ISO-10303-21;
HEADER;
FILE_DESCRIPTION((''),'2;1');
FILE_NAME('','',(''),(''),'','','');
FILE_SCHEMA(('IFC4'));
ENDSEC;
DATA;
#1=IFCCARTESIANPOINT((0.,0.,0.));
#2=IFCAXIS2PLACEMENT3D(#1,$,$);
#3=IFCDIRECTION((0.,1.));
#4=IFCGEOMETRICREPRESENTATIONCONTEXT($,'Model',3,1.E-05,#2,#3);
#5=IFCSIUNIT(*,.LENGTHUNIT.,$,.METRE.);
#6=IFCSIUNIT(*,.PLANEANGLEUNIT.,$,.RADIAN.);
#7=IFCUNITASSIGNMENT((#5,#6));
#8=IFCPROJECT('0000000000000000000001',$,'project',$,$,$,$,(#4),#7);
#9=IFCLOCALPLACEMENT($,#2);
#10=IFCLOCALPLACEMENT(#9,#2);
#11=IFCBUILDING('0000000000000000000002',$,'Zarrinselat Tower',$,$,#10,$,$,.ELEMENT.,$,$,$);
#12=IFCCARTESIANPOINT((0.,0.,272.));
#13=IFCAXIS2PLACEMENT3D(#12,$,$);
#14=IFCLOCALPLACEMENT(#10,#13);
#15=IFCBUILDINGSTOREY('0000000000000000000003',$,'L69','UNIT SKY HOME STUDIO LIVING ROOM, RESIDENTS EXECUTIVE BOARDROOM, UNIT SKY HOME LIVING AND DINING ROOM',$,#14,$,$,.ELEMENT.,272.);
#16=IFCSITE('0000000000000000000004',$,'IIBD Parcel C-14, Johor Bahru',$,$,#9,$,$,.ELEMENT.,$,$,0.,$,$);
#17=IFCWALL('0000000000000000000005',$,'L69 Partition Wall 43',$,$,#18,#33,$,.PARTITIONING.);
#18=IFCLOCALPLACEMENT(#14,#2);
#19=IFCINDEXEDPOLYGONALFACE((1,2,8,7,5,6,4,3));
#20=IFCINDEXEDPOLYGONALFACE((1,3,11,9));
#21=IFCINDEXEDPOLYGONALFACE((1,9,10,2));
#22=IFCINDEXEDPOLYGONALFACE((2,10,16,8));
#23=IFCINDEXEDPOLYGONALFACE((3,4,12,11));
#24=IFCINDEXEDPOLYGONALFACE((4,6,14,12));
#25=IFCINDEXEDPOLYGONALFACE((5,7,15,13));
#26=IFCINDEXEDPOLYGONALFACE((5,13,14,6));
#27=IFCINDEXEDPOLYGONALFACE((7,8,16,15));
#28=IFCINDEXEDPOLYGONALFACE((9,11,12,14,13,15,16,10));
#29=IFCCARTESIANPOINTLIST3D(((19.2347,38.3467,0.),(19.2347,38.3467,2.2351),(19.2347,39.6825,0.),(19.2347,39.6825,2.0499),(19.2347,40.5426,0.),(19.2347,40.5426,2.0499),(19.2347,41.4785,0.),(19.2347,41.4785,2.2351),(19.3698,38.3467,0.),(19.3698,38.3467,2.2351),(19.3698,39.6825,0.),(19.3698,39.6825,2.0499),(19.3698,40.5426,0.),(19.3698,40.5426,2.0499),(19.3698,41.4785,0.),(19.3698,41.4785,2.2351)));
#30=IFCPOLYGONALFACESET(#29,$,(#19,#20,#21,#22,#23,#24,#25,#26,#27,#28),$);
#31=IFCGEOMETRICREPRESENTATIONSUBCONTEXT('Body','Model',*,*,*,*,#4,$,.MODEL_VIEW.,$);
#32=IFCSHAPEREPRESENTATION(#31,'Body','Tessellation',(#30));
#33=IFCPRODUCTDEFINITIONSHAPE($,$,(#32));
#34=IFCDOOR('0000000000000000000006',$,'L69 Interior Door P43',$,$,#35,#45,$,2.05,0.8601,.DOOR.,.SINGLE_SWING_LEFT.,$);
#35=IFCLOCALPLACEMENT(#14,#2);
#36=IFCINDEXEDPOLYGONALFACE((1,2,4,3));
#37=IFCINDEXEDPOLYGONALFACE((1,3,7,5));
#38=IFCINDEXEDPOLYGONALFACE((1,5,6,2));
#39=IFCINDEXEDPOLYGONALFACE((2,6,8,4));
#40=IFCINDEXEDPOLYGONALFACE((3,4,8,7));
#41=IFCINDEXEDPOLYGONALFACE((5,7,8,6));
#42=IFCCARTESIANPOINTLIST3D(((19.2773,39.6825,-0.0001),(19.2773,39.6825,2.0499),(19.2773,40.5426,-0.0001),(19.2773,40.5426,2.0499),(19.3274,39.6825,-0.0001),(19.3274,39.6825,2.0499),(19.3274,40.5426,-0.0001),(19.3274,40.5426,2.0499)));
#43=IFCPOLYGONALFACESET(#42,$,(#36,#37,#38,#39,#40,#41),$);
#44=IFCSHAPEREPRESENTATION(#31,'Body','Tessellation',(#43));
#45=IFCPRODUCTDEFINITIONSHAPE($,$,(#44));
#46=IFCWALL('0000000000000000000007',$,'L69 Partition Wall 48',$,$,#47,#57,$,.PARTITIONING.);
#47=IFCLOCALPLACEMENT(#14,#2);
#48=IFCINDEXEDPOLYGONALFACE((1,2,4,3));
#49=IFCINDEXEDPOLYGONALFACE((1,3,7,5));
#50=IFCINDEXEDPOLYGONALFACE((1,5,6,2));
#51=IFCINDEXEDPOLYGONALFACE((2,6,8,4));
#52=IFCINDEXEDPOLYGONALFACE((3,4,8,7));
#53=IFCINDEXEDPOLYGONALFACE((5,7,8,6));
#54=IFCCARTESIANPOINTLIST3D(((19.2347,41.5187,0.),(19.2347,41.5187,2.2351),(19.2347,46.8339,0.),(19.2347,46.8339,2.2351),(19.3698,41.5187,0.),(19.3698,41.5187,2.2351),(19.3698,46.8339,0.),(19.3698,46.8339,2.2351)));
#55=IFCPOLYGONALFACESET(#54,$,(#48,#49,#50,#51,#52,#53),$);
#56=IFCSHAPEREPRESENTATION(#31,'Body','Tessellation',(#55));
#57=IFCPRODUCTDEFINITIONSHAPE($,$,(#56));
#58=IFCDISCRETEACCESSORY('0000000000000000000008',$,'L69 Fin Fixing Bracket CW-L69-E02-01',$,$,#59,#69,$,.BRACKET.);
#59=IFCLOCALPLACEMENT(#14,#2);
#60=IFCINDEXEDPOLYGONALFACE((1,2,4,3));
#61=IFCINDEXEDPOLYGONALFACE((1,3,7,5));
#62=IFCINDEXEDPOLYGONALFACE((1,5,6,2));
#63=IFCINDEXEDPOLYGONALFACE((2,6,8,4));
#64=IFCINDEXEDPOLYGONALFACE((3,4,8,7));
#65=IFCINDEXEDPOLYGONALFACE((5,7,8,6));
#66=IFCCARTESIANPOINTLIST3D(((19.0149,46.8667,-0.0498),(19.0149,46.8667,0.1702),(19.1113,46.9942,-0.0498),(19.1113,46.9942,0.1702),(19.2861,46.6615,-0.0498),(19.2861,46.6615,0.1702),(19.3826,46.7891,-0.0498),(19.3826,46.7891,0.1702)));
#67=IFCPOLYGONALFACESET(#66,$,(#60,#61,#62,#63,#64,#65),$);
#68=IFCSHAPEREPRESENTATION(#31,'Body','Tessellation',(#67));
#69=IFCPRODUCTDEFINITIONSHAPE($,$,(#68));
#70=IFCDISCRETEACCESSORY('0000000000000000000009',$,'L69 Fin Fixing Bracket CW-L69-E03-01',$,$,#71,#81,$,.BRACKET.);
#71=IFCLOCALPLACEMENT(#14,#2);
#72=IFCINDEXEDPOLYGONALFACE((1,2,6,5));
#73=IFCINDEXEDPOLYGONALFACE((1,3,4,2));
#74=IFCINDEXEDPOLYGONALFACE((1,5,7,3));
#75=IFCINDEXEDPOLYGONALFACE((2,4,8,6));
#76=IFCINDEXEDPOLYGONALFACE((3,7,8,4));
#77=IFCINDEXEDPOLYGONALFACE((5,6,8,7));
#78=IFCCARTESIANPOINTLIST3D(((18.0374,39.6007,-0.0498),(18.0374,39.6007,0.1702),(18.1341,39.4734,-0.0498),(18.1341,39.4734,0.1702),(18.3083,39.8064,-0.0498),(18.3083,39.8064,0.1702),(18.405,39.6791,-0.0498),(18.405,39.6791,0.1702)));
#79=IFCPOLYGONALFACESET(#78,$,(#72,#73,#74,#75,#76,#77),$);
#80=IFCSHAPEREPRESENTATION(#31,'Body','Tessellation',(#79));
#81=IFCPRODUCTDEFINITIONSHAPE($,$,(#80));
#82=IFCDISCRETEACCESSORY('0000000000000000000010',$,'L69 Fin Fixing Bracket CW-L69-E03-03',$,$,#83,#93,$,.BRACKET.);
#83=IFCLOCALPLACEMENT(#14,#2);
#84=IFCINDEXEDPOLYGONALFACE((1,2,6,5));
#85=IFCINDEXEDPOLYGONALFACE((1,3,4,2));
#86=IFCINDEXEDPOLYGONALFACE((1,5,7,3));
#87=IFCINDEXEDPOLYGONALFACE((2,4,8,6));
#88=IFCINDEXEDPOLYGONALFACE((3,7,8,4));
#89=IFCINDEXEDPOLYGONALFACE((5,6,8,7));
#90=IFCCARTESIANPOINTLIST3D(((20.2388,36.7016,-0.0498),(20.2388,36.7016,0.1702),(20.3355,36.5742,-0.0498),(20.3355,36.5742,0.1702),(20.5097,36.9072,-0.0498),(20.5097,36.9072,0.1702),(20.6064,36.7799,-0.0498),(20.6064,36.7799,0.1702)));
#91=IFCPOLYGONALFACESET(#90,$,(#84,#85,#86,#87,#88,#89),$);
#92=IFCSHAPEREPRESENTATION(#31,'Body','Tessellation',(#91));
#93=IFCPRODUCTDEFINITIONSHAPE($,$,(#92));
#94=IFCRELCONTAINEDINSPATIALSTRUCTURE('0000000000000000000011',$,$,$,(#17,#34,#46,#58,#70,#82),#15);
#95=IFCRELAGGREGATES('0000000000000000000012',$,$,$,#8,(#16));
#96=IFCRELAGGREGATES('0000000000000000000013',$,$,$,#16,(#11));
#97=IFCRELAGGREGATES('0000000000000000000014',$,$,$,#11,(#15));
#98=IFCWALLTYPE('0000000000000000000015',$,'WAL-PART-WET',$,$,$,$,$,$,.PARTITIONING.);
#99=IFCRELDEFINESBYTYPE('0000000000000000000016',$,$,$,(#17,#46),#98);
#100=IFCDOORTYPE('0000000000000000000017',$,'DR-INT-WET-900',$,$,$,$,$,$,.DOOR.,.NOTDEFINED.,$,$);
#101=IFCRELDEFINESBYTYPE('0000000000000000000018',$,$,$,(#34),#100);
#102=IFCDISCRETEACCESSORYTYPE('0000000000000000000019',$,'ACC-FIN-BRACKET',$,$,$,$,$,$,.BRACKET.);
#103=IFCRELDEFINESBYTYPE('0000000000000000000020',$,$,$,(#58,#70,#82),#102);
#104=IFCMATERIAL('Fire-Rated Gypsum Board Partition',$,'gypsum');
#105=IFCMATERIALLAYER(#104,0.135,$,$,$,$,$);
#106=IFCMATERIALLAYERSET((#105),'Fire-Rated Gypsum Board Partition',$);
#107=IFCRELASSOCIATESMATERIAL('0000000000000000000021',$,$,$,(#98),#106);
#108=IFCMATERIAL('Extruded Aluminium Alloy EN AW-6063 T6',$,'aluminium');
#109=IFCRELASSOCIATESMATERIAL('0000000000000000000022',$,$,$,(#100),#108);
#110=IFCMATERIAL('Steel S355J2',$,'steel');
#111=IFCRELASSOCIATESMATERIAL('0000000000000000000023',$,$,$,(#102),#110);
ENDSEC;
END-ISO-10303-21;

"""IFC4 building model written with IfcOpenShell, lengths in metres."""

from ifc_helpers import new_model, si_unit, direction, frame, frame_2d, origin, origin_2d, place, context, subcontext, project, spatial, rectangle, extrude, material, layer, layer_set, type_object, element, fill, save


model = new_model("IFC4")

# Units and contexts
model_context = context("Model", 3, precision=1e-05, world=origin(), true_north=direction((0.0, 1.0)))
body_context = subcontext(model_context, "Body", "Model", "MODEL_VIEW")
ifc_project = project(units=[si_unit("LENGTHUNIT", "METRE"), si_unit("PLANEANGLEUNIT", "RADIAN")], contexts=[model_context])

# Site, building, storey
site_placement = place(None, origin())
site = spatial("IfcSite", under=ifc_project, at=site_placement, Name="IIBD Parcel C-14, Johor Bahru", CompositionType="ELEMENT", RefElevation=0.0)
building_placement = place(site_placement, origin())
building = spatial("IfcBuilding", under=site, at=building_placement, Name="Zarrinselat Tower", CompositionType="ELEMENT")
storey_placement = place(building_placement, frame((0.0, 0.0, 272.0)))
storey = spatial("IfcBuildingStorey", under=building, at=storey_placement, Name="L69", Description="UNIT SKY HOME STUDIO LIVING ROOM, RESIDENTS EXECUTIVE BOARDROOM, UNIT SKY HOME LIVING AND DINING ROOM", CompositionType="ELEMENT", Elevation=272.0)

# Wall, opening, door
ifc_material_1 = material(Name="Fire-Rated Gypsum Board Partition", Category="gypsum")
ifc_layer_1 = layer(ifc_material_1, 0.135)
ifc_layer_set_1 = layer_set([ifc_layer_1], Name="Fire-Rated Gypsum Board Partition")
wall_type_1 = type_object("IfcWallType", Name="WAL-PART-WET", PredefinedType="PARTITIONING", material=ifc_layer_set_1)
wall_1_placement = place(storey_placement, frame((19.3022, 38.3467, 0.0), z_axis=(0.0, 0.0, 1.0), x_axis=(0.0, 1.0, 0.0)))
wall_1 = element("IfcWall", 1, at=wall_1_placement, inside=storey, type_object=wall_type_1, Name="L69 Partition Wall 43", PredefinedType="PARTITIONING", context=body_context, shape_type="SweptSolid", body=[
    extrude(rectangle(XDim=3.1318, YDim=0.135, at=frame_2d((1.5659, 0.0))), origin(), (0.0, 0.0, 1.0), 2.2351),
])
opening_1_placement = place(wall_1_placement, frame((1.3357, 0.0, 0.0)))
opening_1 = element("IfcOpeningElement", 2, at=opening_1_placement, cuts=wall_1, PredefinedType="OPENING", context=body_context, shape_type="SweptSolid", body=[
    extrude(rectangle(XDim=0.8601, YDim=2.05, at=frame_2d((0.4302, 1.0249))), frame((0.0, 0.0774, 0.0), z_axis=(0.0, -1.0, 0.0), x_axis=(1.0, 0.0, 0.0)), (0.0, 0.0, 1.0), 0.155),
])
ifc_material_2 = material(Name="Extruded Aluminium Alloy EN AW-6063 T6", Category="aluminium")
door_type_1 = type_object("IfcDoorType", Name="DR-INT-WET-900", OperationType="NOTDEFINED", PredefinedType="DOOR", material=ifc_material_2)
door_1_placement = place(opening_1_placement, origin())
door_1 = element("IfcDoor", 3, at=door_1_placement, inside=storey, type_object=door_type_1, Name="L69 Interior Door P43", OperationType="SINGLE_SWING_LEFT", OverallHeight=2.05, OverallWidth=0.8601, PredefinedType="DOOR", context=body_context, shape_type="SweptSolid", body=[
    extrude(rectangle(XDim=0.8601, YDim=2.05, at=frame_2d((0.4302, 1.0249))), frame((0.0, 0.0249, 0.0), z_axis=(0.0, -1.0, 0.0), x_axis=(1.0, 0.0, 0.0)), (0.0, 0.0, 1.0), 0.05),
])
fill(opening_1, door_1)

# Wall
wall_2_placement = place(storey_placement, frame((19.3022, 41.5186, 0.0), z_axis=(0.0, 0.0, 1.0), x_axis=(0.0, 1.0, 0.0)))
element("IfcWall", 4, at=wall_2_placement, inside=storey, type_object=wall_type_1, Name="L69 Partition Wall 48", PredefinedType="PARTITIONING", context=body_context, shape_type="SweptSolid", body=[
    extrude(rectangle(XDim=5.3152, YDim=0.135, at=frame_2d((2.6577, 0.0))), origin(), (0.0, 0.0, 1.0), 2.2351),
])

# Discrete accessories
ifc_material_3 = material(Name="Steel S355J2", Category="steel")
discrete_accessory_type = type_object("IfcDiscreteAccessoryType", Name="ACC-FIN-BRACKET", PredefinedType="BRACKET", material=ifc_material_3)
for number, where, z_axis, x_axis, name in (
    (5, (19.1987, 46.8279, -0.0498), (0.0, 0.0, 1.0), (-0.797605, 0.60318, 0.0), "L69 Fin Fixing Bracket CW-L69-E02-01"),
    (6, (18.2212, 39.6399, -0.0498), (0.0, 0.0, 1.0), (-0.796387, -0.604788, 0.0), "L69 Fin Fixing Bracket CW-L69-E03-01"),
    (7, (20.4226, 36.7407, -0.0498), (0.0, 0.0, 1.0), (-0.796387, -0.604788, 0.0), "L69 Fin Fixing Bracket CW-L69-E03-03"),
):
    element("IfcDiscreteAccessory", number, at=place(storey_placement, frame(where, z_axis=z_axis, x_axis=x_axis)), inside=storey, type_object=discrete_accessory_type, Name=name, PredefinedType="BRACKET", context=body_context, shape_type="SweptSolid", body=[
        extrude(rectangle(XDim=0.3401, YDim=0.1599, at=origin_2d()), origin(), (0.0, 0.0, 1.0), 0.22),
    ])

save(model, "model.ifc")
